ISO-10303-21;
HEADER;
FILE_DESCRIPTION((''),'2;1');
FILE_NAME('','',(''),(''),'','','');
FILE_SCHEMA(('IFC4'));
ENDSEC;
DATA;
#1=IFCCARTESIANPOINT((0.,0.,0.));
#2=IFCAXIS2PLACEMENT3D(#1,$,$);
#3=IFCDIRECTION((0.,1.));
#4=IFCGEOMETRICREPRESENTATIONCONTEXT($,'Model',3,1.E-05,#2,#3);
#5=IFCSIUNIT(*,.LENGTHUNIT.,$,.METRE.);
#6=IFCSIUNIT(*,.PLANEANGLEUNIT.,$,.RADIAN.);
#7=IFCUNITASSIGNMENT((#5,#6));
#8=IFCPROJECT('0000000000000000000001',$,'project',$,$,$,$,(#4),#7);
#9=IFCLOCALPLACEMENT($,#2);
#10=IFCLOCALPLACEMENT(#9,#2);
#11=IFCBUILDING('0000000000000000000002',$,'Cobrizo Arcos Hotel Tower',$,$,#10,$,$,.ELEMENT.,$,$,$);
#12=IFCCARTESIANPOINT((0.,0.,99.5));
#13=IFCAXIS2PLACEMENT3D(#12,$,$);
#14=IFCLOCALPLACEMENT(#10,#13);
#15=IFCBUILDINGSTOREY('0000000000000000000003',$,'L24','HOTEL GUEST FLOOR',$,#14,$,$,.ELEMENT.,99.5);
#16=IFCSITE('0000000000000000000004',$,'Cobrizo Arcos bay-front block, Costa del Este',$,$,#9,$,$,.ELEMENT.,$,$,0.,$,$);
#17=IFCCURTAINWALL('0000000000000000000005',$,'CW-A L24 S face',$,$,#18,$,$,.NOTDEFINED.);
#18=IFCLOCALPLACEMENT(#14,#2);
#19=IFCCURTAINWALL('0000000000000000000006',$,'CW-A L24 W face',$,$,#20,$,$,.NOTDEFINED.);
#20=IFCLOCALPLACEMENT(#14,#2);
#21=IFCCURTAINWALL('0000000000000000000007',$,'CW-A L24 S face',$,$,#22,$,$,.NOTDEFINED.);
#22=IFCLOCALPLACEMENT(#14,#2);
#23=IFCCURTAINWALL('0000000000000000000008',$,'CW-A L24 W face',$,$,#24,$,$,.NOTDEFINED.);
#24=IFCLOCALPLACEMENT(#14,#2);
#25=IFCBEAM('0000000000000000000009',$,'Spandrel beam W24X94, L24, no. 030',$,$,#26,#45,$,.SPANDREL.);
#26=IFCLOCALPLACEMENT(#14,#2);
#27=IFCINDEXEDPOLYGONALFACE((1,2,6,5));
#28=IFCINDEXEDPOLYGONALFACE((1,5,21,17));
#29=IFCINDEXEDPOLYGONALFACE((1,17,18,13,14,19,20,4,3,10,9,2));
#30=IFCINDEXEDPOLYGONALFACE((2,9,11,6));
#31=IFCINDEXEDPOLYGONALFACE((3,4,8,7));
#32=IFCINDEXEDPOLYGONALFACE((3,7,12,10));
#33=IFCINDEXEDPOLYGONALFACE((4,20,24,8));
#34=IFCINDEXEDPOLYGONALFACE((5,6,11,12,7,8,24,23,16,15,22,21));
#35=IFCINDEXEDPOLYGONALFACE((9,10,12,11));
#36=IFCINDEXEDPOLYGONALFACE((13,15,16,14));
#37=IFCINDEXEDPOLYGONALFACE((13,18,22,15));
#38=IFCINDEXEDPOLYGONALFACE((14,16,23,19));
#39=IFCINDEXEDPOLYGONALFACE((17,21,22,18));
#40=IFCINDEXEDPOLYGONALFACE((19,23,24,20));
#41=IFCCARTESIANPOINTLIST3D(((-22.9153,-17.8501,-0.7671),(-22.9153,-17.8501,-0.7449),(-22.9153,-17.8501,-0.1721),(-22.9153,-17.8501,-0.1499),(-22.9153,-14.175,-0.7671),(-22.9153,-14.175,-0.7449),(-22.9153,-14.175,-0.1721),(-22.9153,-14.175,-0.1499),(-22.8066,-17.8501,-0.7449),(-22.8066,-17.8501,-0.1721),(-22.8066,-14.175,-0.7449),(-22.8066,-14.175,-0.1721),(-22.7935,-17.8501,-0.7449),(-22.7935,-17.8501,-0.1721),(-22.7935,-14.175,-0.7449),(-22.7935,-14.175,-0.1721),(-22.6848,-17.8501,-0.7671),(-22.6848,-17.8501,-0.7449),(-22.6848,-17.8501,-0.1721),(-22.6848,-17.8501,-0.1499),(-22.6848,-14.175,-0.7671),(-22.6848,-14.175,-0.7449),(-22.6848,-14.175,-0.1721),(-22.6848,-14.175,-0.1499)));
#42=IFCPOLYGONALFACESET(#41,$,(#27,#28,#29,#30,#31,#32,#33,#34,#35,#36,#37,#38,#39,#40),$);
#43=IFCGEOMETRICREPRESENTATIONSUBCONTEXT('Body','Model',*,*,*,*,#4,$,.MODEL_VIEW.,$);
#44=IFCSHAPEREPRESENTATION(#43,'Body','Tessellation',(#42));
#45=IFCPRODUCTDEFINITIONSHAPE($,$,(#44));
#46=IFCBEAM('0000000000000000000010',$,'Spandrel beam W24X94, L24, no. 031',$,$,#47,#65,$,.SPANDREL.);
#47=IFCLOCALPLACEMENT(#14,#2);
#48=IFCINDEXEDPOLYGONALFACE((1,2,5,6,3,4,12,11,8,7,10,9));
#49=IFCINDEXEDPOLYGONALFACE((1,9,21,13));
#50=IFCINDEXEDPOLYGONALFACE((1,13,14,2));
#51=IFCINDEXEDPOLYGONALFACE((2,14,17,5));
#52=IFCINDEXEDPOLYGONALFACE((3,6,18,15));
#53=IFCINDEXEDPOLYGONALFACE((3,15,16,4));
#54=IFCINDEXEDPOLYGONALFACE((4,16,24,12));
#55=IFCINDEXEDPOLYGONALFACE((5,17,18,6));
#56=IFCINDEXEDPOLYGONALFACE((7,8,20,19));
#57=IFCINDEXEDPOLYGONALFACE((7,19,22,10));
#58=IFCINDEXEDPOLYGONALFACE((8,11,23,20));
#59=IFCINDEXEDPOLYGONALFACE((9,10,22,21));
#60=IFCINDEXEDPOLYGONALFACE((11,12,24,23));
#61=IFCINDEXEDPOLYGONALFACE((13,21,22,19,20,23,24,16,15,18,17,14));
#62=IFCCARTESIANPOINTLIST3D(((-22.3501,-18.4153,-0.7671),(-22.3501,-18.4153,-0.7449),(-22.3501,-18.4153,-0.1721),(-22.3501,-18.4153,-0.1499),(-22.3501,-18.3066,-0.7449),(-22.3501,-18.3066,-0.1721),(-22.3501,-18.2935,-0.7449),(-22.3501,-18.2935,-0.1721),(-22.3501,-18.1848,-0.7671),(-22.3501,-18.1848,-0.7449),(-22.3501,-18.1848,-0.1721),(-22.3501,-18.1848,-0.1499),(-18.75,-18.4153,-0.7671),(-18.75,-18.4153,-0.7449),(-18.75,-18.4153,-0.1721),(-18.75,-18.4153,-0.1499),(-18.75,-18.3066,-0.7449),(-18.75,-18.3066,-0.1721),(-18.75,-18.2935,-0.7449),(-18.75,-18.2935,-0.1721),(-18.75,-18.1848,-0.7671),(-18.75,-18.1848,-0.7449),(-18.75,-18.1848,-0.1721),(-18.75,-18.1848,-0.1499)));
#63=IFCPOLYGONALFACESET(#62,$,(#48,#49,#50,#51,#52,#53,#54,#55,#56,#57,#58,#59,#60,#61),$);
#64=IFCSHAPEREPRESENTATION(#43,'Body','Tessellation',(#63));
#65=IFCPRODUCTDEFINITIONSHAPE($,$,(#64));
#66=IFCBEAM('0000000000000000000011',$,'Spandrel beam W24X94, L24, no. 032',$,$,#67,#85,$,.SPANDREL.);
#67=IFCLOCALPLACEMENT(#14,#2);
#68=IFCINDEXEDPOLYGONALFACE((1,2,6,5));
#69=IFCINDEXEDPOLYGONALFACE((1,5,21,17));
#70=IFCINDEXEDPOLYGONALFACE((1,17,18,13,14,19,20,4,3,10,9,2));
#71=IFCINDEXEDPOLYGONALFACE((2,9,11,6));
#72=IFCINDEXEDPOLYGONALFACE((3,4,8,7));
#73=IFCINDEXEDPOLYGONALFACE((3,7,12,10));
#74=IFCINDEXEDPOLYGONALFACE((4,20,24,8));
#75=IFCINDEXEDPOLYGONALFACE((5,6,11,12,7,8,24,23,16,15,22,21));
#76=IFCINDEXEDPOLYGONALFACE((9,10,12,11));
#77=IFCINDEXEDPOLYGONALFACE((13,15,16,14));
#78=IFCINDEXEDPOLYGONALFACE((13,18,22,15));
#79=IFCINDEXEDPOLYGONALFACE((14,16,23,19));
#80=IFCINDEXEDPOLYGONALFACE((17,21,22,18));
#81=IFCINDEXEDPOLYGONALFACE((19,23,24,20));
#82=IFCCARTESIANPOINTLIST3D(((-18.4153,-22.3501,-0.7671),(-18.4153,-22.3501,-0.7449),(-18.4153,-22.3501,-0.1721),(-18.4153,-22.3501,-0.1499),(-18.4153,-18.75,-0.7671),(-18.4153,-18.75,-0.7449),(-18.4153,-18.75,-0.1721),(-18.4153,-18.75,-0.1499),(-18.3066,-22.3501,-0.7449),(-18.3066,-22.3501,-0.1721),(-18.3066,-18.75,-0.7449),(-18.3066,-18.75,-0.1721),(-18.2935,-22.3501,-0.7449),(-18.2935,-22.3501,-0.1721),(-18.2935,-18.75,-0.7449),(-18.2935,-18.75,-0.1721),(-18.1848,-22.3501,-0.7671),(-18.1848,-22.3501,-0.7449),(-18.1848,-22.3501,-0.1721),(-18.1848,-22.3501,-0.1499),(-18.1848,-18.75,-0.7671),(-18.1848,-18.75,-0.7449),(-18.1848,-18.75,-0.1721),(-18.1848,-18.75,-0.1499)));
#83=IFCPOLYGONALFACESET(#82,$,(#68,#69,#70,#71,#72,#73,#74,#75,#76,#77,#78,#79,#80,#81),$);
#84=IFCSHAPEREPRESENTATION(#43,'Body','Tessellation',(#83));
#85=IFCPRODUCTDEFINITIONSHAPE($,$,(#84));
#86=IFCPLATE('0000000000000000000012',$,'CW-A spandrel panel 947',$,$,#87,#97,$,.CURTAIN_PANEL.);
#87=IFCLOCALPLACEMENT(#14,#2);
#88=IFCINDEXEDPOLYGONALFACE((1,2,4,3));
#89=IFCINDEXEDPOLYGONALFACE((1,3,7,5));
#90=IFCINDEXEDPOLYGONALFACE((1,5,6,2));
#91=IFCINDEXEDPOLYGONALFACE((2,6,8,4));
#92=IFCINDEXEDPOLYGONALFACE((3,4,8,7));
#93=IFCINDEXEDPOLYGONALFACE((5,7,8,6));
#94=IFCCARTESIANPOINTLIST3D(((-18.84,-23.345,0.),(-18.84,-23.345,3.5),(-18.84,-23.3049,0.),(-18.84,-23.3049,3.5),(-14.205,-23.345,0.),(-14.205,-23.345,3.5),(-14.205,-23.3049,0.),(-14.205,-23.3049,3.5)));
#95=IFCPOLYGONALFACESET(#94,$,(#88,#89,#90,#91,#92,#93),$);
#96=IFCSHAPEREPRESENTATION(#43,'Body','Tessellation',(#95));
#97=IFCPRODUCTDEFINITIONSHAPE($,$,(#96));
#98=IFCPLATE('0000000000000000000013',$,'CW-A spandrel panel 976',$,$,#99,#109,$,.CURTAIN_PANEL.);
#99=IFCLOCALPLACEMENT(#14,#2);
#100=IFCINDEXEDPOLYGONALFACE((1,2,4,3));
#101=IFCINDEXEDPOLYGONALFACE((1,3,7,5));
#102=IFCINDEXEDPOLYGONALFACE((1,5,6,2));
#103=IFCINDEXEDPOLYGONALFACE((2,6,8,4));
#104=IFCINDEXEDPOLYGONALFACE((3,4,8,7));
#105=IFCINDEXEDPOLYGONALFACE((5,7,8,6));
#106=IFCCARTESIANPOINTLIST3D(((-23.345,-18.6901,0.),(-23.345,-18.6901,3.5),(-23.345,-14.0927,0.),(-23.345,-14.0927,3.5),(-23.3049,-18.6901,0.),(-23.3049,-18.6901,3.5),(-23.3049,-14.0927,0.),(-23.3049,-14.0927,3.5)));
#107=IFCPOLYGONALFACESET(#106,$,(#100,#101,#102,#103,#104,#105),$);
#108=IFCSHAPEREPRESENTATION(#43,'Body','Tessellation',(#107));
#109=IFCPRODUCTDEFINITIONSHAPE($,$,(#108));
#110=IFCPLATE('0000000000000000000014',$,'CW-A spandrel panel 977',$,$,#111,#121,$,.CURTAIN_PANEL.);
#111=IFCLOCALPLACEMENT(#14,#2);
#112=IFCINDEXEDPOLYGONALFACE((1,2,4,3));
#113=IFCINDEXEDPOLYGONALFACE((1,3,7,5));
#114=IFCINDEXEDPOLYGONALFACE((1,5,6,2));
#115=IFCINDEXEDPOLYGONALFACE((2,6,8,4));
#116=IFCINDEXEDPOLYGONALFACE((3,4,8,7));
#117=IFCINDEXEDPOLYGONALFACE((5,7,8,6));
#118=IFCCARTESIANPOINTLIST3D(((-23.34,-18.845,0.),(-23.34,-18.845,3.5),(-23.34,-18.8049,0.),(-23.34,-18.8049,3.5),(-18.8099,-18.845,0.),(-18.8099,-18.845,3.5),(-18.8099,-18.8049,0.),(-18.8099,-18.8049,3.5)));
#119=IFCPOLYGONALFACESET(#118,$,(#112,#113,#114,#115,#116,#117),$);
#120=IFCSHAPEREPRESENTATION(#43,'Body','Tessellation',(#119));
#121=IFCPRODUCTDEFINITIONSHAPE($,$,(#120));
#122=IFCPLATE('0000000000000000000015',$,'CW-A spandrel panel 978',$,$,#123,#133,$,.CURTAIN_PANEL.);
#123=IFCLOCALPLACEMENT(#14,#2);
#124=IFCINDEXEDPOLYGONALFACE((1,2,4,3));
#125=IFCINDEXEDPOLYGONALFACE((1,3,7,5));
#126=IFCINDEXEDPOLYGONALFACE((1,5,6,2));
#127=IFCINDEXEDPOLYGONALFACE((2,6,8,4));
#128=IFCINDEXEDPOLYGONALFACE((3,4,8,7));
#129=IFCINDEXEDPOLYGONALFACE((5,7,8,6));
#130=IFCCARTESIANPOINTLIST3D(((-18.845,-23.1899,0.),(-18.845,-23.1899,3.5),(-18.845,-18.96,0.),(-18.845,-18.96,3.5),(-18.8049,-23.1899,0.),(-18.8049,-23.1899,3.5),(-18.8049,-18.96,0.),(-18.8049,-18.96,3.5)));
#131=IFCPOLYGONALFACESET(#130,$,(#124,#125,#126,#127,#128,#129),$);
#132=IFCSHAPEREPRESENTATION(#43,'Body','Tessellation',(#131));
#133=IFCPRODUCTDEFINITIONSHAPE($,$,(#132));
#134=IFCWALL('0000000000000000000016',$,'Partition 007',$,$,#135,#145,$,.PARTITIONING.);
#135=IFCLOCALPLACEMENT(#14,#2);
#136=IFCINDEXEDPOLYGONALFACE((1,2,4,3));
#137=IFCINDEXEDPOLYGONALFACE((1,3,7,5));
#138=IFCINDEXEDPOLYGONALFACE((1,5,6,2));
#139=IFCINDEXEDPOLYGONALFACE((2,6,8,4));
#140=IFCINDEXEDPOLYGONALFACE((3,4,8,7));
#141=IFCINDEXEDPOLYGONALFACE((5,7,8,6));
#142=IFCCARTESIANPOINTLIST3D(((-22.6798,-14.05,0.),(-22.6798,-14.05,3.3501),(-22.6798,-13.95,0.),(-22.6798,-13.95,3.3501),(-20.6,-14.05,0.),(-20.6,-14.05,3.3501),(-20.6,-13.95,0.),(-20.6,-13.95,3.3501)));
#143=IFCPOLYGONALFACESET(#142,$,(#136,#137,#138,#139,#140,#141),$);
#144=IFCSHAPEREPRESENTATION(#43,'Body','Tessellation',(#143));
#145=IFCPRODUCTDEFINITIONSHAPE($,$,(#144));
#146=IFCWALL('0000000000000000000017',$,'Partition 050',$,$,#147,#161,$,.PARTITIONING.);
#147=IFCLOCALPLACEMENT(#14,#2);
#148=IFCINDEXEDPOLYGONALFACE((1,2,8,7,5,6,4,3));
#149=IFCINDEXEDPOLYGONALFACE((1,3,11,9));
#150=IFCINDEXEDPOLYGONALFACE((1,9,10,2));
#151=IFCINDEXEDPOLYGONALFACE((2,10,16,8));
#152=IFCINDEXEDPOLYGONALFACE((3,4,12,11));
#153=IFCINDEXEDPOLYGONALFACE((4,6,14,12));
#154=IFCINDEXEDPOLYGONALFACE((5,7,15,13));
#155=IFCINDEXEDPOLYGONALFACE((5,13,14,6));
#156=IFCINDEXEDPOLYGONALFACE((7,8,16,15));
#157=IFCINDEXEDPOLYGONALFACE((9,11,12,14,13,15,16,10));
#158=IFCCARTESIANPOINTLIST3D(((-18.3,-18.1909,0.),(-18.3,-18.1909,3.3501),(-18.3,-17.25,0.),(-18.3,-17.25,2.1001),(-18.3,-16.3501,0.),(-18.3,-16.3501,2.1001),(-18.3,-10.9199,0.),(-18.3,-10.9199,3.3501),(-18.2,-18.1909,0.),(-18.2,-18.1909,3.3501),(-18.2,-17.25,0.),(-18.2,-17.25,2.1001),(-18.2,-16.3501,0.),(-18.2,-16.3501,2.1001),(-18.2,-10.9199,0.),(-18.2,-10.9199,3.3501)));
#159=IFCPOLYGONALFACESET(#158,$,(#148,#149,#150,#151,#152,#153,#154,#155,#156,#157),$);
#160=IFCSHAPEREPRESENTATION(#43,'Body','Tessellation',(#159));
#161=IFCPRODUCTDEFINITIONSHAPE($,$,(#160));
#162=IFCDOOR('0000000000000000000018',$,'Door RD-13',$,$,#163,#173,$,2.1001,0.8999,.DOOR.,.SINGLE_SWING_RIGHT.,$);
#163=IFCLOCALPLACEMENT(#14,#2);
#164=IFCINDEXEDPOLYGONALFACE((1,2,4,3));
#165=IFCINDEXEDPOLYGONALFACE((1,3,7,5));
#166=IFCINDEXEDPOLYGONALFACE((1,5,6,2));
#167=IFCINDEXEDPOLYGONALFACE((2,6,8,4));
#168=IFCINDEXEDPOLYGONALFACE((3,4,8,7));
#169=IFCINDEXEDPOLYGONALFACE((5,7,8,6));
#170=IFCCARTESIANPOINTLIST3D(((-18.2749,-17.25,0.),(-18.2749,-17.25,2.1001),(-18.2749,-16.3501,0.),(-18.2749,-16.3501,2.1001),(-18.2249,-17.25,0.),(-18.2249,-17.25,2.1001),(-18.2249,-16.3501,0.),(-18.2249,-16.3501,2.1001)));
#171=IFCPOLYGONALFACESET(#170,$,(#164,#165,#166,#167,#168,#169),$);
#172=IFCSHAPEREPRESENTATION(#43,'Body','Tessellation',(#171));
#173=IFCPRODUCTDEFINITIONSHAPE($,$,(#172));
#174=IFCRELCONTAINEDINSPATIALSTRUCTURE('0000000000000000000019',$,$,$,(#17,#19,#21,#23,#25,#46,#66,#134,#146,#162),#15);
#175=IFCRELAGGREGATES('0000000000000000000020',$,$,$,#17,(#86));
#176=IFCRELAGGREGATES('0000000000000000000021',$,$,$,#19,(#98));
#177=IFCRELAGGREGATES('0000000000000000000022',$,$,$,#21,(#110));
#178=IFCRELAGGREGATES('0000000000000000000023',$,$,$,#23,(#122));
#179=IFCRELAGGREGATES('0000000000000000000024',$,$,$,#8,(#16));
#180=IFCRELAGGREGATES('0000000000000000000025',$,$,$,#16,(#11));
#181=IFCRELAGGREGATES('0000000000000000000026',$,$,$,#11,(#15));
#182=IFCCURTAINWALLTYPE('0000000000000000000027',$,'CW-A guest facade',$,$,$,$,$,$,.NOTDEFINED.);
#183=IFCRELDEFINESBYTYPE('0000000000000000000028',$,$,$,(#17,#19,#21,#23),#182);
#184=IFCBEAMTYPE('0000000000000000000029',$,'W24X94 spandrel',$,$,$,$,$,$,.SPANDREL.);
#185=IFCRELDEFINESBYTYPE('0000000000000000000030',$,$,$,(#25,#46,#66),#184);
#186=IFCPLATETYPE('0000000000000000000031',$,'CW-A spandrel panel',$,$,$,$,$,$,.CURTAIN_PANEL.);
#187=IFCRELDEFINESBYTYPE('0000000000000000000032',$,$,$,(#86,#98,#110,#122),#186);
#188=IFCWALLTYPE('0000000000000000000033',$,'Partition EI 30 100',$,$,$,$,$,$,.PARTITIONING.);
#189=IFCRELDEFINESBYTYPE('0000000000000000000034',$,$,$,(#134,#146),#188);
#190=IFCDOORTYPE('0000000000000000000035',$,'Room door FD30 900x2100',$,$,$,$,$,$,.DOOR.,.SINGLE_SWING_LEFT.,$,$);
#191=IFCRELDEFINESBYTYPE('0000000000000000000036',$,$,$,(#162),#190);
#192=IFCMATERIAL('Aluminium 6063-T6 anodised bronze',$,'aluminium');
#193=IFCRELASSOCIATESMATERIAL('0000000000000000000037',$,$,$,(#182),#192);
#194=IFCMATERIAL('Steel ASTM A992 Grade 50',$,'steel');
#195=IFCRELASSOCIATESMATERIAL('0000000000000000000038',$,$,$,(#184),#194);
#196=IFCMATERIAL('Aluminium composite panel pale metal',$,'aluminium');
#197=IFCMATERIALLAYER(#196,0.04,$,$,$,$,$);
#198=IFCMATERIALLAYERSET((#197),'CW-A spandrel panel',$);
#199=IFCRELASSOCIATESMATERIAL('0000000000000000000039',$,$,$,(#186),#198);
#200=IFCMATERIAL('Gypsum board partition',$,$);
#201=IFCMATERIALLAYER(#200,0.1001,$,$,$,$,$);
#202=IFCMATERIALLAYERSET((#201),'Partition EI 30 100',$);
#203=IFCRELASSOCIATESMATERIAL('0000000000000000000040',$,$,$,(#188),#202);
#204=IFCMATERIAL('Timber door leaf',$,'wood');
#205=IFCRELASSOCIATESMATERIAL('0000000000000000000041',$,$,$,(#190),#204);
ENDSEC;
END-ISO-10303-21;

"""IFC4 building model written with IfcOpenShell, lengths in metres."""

from ifc_helpers import new_model, si_unit, direction, frame, frame_2d, origin, origin_2d, place, context, subcontext, project, spatial, rectangle, i_section, extrude, material, layer, layer_set, material_profile, profile_set, type_object, element, fill, aggregate, save


model = new_model("IFC4")

# Units and contexts
model_context = context("Model", 3, precision=1e-05, world=origin(), true_north=direction((0.0, 1.0)))
body_context = subcontext(model_context, "Body", "Model", "MODEL_VIEW")
ifc_project = project(units=[si_unit("LENGTHUNIT", "METRE"), si_unit("PLANEANGLEUNIT", "RADIAN")], contexts=[model_context])

# Site, building, storey
site_placement = place(None, origin())
site = spatial("IfcSite", under=ifc_project, at=site_placement, Name="Cobrizo Arcos bay-front block, Costa del Este", CompositionType="ELEMENT", RefElevation=0.0)
building_placement = place(site_placement, origin())
building = spatial("IfcBuilding", under=site, at=building_placement, Name="Cobrizo Arcos Hotel Tower", CompositionType="ELEMENT")
storey_placement = place(building_placement, frame((0.0, 0.0, 99.5)))
storey = spatial("IfcBuildingStorey", under=building, at=storey_placement, Name="L24", Description="HOTEL GUEST FLOOR", CompositionType="ELEMENT", Elevation=99.5)

# Curtain wall
ifc_material_1 = material(Name="Aluminium 6063-T6 anodised bronze", Category="aluminium")
curtain_wall_type = type_object("IfcCurtainWallType", Name="CW-A guest facade", PredefinedType="NOTDEFINED", material=ifc_material_1)
curtain_wall_1_placement = place(storey_placement, origin())
curtain_wall_1 = element("IfcCurtainWall", 1, at=curtain_wall_1_placement, inside=storey, type_object=curtain_wall_type, Name="CW-A L24 S face", PredefinedType="NOTDEFINED")

# Curtain walls
curtain_wall_2_placement = place(storey_placement, origin())
curtain_wall_2 = element("IfcCurtainWall", 2, at=curtain_wall_2_placement, inside=storey, type_object=curtain_wall_type, Name="CW-A L24 W face", PredefinedType="NOTDEFINED")
curtain_wall_3_placement = place(storey_placement, origin())
curtain_wall_3 = element("IfcCurtainWall", 3, at=curtain_wall_3_placement, inside=storey, type_object=curtain_wall_type, Name="CW-A L24 S face", PredefinedType="NOTDEFINED")
curtain_wall_4_placement = place(storey_placement, origin())
curtain_wall_4 = element("IfcCurtainWall", 4, at=curtain_wall_4_placement, inside=storey, type_object=curtain_wall_type, Name="CW-A L24 W face", PredefinedType="NOTDEFINED")

# Beams
ifc_material_2 = material(Name="Steel ASTM A992 Grade 50", Category="steel")
ifc_material_profile_1 = material_profile(ifc_material_2, i_section(OverallWidth=0.2305, OverallDepth=0.6172, WebThickness=0.0132, FlangeThickness=0.0222, at=origin_2d()), Name="W24X94")
ifc_profile_set_1 = profile_set([ifc_material_profile_1], Name="Steel ASTM A992 Grade 50")
beam_type_1 = type_object("IfcBeamType", Name="W24X94 spandrel", PredefinedType="SPANDREL", material=ifc_profile_set_1)
for number, where, z_axis, x_axis, name in (
    (5, (-22.8, -14.175, -0.4585), (0.0, -1.0, 0.0), (1.0, 0.0, 0.0), "Spandrel beam W24X94, L24, no. 030"),
):
    element("IfcBeam", number, at=place(storey_placement, frame(where, z_axis=z_axis, x_axis=x_axis)), inside=storey, type_object=beam_type_1, Name=name, PredefinedType="SPANDREL", context=body_context, shape_type="SweptSolid", body=[
        extrude(i_section(OverallWidth=0.2305, OverallDepth=0.6172, WebThickness=0.0132, FlangeThickness=0.0222, at=origin_2d()), origin(), (0.0, 0.0, 1.0), 3.675),
    ])
for number, where, z_axis, x_axis, name in (
    (6, (-22.3501, -18.3, -0.4585), (1.0, 0.0, 0.0), (0.0, 1.0, 0.0), "Spandrel beam W24X94, L24, no. 031"),
    (7, (-18.3, -18.75, -0.4585), (0.0, -1.0, 0.0), (1.0, 0.0, 0.0), "Spandrel beam W24X94, L24, no. 032"),
):
    element("IfcBeam", number, at=place(storey_placement, frame(where, z_axis=z_axis, x_axis=x_axis)), inside=storey, type_object=beam_type_1, Name=name, PredefinedType="SPANDREL", context=body_context, shape_type="SweptSolid", body=[
        extrude(i_section(OverallWidth=0.2305, OverallDepth=0.6172, WebThickness=0.0132, FlangeThickness=0.0222, at=origin_2d()), origin(), (0.0, 0.0, 1.0), 3.6001),
    ])

# Plates
ifc_material_3 = material(Name="Aluminium composite panel pale metal", Category="aluminium")
ifc_layer_1 = layer(ifc_material_3, 0.04)
ifc_layer_set_1 = layer_set([ifc_layer_1], Name="CW-A spandrel panel")
plate_type = type_object("IfcPlateType", Name="CW-A spandrel panel", PredefinedType="CURTAIN_PANEL", material=ifc_layer_set_1)
plate_1_placement = place(storey_placement, frame((-16.5225, -23.325, 0.0), z_axis=(0.0, 0.0, 1.0), x_axis=(1.0, 0.0, 0.0)))
plate_1 = element("IfcPlate", 8, at=plate_1_placement, type_object=plate_type, Name="CW-A spandrel panel 947", PredefinedType="CURTAIN_PANEL", context=body_context, shape_type="SweptSolid", body=[
    extrude(rectangle(XDim=4.635, YDim=0.04, at=origin_2d()), origin(), (0.0, 0.0, 1.0), 3.5),
])
aggregate(curtain_wall_1, [plate_1])
plate_2_placement = place(storey_placement, frame((-23.325, -16.3914, 0.0), z_axis=(0.0, 0.0, 1.0), x_axis=(0.0, -1.0, 0.0)))
plate_2 = element("IfcPlate", 9, at=plate_2_placement, type_object=plate_type, Name="CW-A spandrel panel 976", PredefinedType="CURTAIN_PANEL", context=body_context, shape_type="SweptSolid", body=[
    extrude(rectangle(XDim=4.5974, YDim=0.04, at=origin_2d()), origin(), (0.0, 0.0, 1.0), 3.5),
])
aggregate(curtain_wall_2, [plate_2])
plate_3_placement = place(storey_placement, frame((-21.075, -18.825, 0.0), z_axis=(0.0, 0.0, 1.0), x_axis=(1.0, 0.0, 0.0)))
plate_3 = element("IfcPlate", 10, at=plate_3_placement, type_object=plate_type, Name="CW-A spandrel panel 977", PredefinedType="CURTAIN_PANEL", context=body_context, shape_type="SweptSolid", body=[
    extrude(rectangle(XDim=4.53, YDim=0.04, at=origin_2d()), origin(), (0.0, 0.0, 1.0), 3.5),
])
aggregate(curtain_wall_3, [plate_3])
plate_4_placement = place(storey_placement, frame((-18.825, -21.075, 0.0), z_axis=(0.0, 0.0, 1.0), x_axis=(0.0, -1.0, 0.0)))
plate_4 = element("IfcPlate", 11, at=plate_4_placement, type_object=plate_type, Name="CW-A spandrel panel 978", PredefinedType="CURTAIN_PANEL", context=body_context, shape_type="SweptSolid", body=[
    extrude(rectangle(XDim=4.23, YDim=0.04, at=origin_2d()), origin(), (0.0, 0.0, 1.0), 3.5),
])
aggregate(curtain_wall_4, [plate_4])

# Wall
ifc_material_4 = material(Name="Gypsum board partition")
ifc_layer_2 = layer(ifc_material_4, 0.1001)
ifc_layer_set_2 = layer_set([ifc_layer_2], Name="Partition EI 30 100")
wall_type = type_object("IfcWallType", Name="Partition EI 30 100", PredefinedType="PARTITIONING", material=ifc_layer_set_2)
wall_1_placement = place(storey_placement, frame((-22.6799, -14.0, 0.0), z_axis=(0.0, 0.0, 1.0), x_axis=(1.0, 0.0, 0.0)))
element("IfcWall", 12, at=wall_1_placement, inside=storey, type_object=wall_type, Name="Partition 007", PredefinedType="PARTITIONING", context=body_context, shape_type="SweptSolid", body=[
    extrude(rectangle(XDim=2.0798, YDim=0.1001, at=frame_2d((1.04, 0.0))), origin(), (0.0, 0.0, 1.0), 3.3501),
])

# Wall, opening, door
wall_2_placement = place(storey_placement, frame((-18.25, -18.1909, 0.0), z_axis=(0.0, 0.0, 1.0), x_axis=(0.0, 1.0, 0.0)))
wall_2 = element("IfcWall", 13, at=wall_2_placement, inside=storey, type_object=wall_type, Name="Partition 050", PredefinedType="PARTITIONING", context=body_context, shape_type="SweptSolid", body=[
    extrude(rectangle(XDim=7.271, YDim=0.1001, at=frame_2d((3.6355, 0.0))), origin(), (0.0, 0.0, 1.0), 3.3501),
])
opening_placement = place(wall_2_placement, frame((0.9409, 0.0, 0.0)))
opening = element("IfcOpeningElement", 14, at=opening_placement, cuts=wall_2, PredefinedType="OPENING", context=body_context, shape_type="SweptSolid", body=[
    extrude(rectangle(XDim=0.8999, YDim=2.1001, at=frame_2d((0.45, 1.05))), frame((0.0, 0.062, 0.0), z_axis=(0.0, -1.0, 0.0), x_axis=(1.0, 0.0, 0.0)), (0.0, 0.0, 1.0), 0.124),
])
ifc_material_5 = material(Name="Timber door leaf", Category="wood")
door_type = type_object("IfcDoorType", Name="Room door FD30 900x2100", OperationType="SINGLE_SWING_LEFT", PredefinedType="DOOR", material=ifc_material_5)
door_placement = place(opening_placement, origin())
door = element("IfcDoor", 15, at=door_placement, inside=storey, type_object=door_type, Name="Door RD-13", OperationType="SINGLE_SWING_RIGHT", OverallHeight=2.1001, OverallWidth=0.8999, PredefinedType="DOOR", context=body_context, shape_type="SweptSolid", body=[
    extrude(rectangle(XDim=0.8999, YDim=2.1001, at=frame_2d((0.45, 1.05))), frame((0.0, 0.0249, 0.0), z_axis=(0.0, -1.0, 0.0), x_axis=(1.0, 0.0, 0.0)), (0.0, 0.0, 1.0), 0.05),
])
fill(opening, door)

save(model, "model.ifc")
